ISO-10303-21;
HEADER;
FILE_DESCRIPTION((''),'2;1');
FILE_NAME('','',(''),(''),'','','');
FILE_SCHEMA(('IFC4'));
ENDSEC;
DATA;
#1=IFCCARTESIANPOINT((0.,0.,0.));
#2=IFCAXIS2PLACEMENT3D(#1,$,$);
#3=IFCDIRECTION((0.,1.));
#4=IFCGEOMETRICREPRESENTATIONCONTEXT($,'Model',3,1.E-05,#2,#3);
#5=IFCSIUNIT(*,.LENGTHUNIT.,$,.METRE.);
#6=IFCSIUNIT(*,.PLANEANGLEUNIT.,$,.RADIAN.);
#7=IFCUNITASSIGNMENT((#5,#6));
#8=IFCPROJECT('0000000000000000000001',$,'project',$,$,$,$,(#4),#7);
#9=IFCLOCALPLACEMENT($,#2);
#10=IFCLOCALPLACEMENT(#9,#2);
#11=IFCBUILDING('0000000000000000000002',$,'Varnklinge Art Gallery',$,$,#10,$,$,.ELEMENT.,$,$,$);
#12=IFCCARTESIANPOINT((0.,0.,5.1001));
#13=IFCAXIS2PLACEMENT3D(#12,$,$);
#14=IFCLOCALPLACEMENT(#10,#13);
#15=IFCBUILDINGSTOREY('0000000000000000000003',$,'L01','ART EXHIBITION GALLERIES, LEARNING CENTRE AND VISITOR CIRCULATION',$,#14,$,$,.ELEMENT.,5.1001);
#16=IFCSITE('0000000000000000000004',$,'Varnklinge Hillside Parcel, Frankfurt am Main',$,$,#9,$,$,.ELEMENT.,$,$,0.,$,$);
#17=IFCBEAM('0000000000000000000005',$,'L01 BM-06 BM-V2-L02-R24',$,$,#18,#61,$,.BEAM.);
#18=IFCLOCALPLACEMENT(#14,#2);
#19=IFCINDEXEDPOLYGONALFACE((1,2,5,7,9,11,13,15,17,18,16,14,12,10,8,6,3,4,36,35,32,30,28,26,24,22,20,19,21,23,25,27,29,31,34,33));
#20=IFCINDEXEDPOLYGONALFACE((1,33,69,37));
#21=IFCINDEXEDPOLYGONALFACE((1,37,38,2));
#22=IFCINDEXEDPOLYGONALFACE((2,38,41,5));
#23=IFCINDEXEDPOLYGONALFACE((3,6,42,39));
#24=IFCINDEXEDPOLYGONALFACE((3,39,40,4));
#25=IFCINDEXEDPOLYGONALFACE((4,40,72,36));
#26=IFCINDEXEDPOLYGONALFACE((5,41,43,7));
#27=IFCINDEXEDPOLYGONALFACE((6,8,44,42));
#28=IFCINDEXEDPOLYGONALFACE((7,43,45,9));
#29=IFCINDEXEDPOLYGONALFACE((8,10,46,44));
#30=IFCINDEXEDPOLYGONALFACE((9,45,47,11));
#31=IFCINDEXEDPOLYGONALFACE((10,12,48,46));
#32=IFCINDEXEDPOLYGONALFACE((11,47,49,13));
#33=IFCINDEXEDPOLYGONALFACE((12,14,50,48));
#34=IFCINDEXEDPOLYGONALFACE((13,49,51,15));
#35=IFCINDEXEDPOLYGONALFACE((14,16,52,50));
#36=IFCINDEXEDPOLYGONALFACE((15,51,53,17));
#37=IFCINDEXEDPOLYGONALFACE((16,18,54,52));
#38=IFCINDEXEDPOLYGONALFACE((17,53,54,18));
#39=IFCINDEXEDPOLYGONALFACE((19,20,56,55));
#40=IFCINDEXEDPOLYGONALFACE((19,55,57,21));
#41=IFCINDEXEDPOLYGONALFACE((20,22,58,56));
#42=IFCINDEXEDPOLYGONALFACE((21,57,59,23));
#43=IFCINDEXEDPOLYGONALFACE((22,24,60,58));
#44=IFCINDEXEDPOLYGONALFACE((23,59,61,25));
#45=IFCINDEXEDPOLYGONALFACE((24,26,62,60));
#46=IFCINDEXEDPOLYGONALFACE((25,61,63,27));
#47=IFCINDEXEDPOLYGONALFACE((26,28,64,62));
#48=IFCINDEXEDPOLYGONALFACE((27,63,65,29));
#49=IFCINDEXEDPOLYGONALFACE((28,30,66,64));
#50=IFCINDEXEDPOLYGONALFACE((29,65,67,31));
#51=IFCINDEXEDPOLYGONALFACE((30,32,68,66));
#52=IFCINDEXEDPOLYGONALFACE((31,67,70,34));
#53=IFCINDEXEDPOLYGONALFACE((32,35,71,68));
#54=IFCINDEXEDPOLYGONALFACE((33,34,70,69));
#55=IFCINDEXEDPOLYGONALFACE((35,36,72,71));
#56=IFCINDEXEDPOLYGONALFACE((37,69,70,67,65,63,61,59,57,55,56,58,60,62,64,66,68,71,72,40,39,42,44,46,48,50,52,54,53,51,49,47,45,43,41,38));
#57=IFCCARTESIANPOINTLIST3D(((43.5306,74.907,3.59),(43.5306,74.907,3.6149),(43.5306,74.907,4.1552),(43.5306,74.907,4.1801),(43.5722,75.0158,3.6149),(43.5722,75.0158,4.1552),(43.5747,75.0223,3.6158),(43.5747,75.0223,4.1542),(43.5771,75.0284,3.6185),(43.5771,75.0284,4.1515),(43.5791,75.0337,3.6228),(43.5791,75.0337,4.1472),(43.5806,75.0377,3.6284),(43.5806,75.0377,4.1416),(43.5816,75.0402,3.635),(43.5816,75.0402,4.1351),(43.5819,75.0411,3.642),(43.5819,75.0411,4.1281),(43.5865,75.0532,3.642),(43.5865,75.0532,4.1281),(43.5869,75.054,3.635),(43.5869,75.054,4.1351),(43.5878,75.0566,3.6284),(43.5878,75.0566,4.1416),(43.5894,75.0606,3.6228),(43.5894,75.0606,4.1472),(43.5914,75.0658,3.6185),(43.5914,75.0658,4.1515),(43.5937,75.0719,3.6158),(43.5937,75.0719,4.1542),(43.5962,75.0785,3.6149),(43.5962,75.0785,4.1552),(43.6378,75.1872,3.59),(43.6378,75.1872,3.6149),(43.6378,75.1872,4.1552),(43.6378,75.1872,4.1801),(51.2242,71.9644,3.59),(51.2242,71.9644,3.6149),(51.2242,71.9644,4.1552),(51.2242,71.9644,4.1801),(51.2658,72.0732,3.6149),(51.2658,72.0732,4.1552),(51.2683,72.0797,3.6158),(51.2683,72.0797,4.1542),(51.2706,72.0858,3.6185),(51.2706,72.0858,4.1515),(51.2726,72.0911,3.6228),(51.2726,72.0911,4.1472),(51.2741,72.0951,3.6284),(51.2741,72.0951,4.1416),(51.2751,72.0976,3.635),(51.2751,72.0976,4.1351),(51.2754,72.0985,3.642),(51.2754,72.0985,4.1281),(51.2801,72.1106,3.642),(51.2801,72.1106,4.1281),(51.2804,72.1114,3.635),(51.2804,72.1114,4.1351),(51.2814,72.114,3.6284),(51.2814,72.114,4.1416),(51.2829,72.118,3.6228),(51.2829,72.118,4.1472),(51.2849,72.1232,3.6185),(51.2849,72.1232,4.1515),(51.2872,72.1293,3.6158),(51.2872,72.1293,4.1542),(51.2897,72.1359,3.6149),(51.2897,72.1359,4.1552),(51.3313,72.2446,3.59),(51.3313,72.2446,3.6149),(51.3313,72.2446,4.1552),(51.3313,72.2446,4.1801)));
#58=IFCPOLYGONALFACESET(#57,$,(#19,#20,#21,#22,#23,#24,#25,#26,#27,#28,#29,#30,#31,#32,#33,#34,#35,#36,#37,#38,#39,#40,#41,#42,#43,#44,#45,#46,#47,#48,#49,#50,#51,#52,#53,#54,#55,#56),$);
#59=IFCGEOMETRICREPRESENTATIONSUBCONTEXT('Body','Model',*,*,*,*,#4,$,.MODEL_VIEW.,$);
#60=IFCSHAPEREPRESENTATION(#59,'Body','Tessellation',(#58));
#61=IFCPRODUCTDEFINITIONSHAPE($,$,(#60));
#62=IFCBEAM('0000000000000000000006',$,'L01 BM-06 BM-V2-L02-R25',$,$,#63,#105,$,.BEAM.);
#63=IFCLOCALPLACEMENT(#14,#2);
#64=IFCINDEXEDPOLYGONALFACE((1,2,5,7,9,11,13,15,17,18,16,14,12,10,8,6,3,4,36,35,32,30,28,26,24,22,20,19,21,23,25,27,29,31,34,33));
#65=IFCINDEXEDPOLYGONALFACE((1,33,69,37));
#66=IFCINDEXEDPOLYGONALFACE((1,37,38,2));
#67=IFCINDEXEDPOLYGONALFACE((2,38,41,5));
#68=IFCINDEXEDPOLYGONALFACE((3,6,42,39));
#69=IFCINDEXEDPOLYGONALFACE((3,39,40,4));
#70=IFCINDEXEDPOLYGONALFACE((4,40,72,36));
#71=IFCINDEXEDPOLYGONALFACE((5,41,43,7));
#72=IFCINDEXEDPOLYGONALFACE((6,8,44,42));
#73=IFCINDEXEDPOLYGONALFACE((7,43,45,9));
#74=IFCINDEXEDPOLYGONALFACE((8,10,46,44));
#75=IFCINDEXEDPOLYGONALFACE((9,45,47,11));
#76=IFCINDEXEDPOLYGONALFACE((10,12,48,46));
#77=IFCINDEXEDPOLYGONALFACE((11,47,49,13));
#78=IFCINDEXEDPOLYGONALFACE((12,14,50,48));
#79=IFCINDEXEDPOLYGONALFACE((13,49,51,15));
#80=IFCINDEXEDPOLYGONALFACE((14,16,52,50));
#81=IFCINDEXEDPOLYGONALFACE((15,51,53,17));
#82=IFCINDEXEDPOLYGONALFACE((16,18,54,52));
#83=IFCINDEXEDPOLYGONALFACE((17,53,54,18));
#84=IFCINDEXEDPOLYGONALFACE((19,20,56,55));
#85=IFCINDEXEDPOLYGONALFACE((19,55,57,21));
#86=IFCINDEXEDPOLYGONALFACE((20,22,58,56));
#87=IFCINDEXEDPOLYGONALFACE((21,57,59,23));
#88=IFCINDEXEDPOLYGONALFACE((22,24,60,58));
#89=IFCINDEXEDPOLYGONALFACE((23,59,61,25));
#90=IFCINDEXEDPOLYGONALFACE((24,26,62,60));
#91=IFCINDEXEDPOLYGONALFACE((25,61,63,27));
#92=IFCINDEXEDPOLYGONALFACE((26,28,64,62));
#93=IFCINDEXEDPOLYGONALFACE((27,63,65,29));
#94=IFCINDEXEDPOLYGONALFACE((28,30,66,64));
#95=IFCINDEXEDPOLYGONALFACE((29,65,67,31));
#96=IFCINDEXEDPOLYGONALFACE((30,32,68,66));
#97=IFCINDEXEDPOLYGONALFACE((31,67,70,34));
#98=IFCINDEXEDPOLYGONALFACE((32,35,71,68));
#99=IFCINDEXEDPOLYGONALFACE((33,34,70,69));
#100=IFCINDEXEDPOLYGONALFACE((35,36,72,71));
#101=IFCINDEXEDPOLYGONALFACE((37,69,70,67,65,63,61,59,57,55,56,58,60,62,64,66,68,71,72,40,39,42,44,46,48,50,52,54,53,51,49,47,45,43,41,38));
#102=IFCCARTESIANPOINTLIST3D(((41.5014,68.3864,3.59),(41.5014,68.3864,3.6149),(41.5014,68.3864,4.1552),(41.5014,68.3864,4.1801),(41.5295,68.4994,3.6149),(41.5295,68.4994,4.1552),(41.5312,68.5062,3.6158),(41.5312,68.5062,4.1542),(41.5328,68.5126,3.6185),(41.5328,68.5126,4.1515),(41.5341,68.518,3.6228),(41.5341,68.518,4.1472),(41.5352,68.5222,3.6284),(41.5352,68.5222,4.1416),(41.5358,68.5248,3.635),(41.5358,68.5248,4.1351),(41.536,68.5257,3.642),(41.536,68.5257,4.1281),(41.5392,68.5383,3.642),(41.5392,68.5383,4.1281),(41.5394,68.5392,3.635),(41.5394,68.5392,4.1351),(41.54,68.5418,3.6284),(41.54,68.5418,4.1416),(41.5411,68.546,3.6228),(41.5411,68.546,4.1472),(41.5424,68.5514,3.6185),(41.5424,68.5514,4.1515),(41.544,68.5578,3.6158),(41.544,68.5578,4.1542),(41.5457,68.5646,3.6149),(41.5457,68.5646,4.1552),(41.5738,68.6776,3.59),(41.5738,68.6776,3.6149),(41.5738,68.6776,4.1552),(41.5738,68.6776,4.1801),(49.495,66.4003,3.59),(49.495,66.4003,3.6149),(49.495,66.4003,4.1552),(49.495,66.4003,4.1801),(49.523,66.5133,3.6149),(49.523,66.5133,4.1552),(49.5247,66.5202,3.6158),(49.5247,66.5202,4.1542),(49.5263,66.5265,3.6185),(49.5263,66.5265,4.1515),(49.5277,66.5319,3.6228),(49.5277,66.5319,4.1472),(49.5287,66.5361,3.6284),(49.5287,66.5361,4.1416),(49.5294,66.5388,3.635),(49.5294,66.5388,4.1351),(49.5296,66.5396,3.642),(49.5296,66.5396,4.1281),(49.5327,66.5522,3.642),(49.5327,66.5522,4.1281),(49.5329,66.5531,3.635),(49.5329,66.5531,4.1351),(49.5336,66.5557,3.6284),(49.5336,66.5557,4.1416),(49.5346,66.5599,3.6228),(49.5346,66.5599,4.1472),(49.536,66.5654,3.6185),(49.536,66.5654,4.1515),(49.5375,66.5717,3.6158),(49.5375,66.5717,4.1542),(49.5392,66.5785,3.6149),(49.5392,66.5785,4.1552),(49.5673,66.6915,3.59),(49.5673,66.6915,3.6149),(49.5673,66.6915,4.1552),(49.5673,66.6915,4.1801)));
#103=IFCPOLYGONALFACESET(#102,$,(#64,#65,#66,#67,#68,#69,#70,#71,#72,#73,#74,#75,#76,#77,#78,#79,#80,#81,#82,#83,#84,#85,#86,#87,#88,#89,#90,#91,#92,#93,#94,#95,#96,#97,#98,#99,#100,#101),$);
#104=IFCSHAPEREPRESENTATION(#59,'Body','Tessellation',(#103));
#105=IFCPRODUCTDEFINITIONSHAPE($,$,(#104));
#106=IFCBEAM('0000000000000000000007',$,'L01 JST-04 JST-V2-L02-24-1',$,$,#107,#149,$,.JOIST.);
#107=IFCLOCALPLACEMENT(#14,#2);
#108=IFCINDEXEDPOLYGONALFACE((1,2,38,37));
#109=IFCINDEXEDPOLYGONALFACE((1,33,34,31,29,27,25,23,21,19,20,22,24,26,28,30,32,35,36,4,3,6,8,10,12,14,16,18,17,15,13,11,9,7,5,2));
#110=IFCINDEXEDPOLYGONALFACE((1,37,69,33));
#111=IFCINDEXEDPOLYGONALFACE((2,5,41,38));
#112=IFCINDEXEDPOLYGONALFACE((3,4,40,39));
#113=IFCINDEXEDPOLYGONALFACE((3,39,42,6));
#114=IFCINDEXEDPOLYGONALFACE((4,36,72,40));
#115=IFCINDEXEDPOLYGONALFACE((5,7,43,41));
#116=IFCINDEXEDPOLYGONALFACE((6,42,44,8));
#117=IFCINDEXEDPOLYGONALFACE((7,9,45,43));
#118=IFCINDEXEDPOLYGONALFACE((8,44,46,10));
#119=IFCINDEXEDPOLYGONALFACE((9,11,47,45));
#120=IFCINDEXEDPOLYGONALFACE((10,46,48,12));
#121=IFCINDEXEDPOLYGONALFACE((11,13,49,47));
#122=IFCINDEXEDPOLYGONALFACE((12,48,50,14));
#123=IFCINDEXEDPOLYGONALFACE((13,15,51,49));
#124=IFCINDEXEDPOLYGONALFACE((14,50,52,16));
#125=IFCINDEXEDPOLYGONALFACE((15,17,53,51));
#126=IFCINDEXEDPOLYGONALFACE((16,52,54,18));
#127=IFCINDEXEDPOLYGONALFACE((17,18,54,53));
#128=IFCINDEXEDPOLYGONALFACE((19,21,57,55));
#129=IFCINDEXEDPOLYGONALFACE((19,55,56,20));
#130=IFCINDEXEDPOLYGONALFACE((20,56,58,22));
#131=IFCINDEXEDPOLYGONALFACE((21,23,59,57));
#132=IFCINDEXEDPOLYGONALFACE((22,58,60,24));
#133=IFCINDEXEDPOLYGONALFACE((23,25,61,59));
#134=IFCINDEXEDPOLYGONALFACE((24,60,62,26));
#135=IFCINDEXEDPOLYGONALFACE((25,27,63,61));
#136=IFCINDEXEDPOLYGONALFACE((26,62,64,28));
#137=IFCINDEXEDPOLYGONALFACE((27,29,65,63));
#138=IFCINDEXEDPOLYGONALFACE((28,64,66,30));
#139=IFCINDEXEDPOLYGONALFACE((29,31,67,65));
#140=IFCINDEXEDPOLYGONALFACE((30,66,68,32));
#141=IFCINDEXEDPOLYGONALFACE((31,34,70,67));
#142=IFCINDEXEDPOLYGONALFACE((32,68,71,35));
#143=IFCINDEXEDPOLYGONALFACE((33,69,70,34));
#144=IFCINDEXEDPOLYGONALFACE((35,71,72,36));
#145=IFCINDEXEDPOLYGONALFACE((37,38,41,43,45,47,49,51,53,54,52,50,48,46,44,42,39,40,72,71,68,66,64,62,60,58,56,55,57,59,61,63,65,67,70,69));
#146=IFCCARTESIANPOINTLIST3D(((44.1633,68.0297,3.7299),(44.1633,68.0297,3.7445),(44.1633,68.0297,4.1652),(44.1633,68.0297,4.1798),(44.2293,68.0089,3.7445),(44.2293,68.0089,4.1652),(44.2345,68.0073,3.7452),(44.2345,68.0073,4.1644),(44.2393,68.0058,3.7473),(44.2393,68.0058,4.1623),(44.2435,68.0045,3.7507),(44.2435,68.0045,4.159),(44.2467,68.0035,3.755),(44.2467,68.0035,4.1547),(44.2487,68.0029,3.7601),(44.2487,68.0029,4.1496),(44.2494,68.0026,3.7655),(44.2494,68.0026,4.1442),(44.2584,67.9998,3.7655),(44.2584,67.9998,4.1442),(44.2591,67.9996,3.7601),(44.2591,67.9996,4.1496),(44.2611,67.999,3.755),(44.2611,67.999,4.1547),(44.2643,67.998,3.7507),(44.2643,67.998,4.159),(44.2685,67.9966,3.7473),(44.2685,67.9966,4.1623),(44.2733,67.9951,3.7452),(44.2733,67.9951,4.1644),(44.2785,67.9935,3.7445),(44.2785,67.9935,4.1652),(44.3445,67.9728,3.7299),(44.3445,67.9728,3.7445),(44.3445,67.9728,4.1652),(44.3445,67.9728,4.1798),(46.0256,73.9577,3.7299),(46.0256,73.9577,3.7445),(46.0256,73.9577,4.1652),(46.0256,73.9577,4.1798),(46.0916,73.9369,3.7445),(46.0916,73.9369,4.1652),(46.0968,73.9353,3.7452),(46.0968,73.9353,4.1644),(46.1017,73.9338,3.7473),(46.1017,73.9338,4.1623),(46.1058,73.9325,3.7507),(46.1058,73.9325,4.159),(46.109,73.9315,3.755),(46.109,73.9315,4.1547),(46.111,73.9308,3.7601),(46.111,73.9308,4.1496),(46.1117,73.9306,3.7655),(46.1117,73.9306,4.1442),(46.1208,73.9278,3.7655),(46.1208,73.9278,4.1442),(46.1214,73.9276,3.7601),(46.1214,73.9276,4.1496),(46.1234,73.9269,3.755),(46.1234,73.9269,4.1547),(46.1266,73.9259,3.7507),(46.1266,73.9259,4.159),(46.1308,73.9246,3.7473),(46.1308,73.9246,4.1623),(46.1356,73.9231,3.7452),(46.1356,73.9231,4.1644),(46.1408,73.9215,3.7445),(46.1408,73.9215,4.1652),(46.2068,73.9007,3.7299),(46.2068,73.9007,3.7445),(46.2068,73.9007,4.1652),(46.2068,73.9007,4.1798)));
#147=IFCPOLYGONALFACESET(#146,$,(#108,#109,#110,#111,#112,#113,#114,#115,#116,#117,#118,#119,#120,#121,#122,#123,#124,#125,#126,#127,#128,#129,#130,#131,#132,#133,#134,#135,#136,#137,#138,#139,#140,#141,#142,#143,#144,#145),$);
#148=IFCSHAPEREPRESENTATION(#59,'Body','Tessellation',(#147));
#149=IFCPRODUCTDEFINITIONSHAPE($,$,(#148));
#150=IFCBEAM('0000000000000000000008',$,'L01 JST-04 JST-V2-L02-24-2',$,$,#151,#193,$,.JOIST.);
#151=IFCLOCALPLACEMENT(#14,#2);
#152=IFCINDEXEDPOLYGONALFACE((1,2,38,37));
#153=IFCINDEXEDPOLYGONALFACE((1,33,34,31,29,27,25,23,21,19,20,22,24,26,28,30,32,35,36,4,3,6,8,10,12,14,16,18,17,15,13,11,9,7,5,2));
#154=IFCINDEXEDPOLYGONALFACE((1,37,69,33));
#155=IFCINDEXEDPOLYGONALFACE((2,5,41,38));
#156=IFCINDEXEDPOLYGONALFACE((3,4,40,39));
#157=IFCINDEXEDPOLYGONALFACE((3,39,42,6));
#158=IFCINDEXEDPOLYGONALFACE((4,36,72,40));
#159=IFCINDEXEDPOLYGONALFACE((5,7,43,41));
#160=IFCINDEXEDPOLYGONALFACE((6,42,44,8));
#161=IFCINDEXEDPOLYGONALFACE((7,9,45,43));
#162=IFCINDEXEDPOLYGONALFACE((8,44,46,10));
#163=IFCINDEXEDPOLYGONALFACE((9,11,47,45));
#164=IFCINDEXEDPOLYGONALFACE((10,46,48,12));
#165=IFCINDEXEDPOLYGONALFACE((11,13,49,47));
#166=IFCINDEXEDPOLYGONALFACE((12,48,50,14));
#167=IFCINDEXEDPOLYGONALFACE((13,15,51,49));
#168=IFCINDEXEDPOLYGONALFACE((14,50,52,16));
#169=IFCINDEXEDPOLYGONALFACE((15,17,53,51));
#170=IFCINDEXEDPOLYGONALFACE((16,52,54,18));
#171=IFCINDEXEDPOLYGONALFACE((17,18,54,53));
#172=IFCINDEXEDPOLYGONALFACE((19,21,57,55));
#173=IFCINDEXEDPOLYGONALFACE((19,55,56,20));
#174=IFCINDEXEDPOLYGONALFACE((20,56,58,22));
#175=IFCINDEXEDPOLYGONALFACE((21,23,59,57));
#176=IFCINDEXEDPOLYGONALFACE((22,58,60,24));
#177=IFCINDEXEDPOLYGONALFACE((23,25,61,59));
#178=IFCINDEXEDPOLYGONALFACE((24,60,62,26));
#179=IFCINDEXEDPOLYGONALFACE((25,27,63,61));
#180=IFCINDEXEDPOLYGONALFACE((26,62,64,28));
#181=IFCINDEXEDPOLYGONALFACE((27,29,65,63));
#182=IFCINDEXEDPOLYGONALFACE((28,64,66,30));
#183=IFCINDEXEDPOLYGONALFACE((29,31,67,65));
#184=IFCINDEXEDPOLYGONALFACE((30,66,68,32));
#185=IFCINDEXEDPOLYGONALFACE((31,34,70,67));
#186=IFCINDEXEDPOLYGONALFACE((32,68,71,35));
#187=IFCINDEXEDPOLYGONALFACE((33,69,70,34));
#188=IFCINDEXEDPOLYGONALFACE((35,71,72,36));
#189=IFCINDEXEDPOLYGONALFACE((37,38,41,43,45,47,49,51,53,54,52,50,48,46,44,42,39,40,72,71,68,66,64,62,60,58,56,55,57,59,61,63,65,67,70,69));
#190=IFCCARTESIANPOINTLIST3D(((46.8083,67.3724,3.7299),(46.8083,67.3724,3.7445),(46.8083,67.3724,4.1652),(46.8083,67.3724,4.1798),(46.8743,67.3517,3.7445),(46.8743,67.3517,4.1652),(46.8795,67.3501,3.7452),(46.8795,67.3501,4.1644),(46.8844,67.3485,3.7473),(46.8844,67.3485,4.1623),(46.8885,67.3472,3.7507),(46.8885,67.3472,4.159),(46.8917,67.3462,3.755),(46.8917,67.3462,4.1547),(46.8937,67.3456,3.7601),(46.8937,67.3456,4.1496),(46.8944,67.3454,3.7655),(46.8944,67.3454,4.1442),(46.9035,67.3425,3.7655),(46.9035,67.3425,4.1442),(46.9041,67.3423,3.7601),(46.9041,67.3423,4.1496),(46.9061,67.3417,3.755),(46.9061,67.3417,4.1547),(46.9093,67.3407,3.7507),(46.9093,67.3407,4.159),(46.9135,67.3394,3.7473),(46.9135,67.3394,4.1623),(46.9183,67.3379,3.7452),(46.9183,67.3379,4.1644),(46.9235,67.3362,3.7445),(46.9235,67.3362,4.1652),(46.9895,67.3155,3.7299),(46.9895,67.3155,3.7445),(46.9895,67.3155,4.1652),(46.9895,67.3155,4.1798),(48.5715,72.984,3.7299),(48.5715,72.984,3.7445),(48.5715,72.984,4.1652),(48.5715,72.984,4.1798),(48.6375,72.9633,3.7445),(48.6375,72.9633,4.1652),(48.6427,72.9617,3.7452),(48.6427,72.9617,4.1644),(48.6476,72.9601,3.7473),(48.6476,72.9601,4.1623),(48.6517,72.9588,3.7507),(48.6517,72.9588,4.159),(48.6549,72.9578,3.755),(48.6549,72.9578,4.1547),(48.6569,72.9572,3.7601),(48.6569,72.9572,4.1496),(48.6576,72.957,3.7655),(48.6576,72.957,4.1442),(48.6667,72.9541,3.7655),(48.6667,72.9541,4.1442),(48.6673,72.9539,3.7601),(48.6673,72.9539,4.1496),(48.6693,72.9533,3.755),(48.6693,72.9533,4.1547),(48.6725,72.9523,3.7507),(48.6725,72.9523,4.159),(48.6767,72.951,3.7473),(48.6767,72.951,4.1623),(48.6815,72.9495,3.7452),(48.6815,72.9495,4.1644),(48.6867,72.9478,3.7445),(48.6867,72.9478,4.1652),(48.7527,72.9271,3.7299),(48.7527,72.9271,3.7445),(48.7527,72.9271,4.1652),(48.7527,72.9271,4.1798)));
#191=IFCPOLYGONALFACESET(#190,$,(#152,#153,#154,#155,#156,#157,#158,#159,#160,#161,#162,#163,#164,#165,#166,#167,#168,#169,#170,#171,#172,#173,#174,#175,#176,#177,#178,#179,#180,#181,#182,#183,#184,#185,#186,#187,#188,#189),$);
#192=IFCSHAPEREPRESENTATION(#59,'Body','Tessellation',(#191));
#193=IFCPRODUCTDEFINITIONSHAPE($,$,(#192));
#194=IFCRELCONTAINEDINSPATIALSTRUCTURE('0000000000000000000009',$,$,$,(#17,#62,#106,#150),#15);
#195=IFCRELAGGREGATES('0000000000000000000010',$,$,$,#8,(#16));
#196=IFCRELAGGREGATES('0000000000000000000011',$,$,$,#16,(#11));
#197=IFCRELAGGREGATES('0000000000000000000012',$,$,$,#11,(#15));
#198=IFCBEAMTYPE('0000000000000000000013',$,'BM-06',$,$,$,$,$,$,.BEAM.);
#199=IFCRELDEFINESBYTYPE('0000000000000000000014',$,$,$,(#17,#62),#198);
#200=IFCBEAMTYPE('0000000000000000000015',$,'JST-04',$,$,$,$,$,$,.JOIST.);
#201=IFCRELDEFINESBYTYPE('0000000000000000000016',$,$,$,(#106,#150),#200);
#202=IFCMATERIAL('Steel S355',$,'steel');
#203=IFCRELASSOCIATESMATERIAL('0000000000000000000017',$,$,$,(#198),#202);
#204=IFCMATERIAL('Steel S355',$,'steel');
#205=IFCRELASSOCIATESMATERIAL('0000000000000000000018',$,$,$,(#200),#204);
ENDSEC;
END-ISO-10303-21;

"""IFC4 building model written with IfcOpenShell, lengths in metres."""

from ifc_helpers import new_model, si_unit, direction, frame, origin, origin_2d, place, context, subcontext, project, spatial, i_section, extrude, material, material_profile, profile_set, type_object, element, save


model = new_model("IFC4")

# Units and contexts
model_context = context("Model", 3, precision=1e-05, world=origin(), true_north=direction((0.0, 1.0)))
body_context = subcontext(model_context, "Body", "Model", "MODEL_VIEW")
ifc_project = project(units=[si_unit("LENGTHUNIT", "METRE"), si_unit("PLANEANGLEUNIT", "RADIAN")], contexts=[model_context])

# Site, building, storey
site_placement = place(None, origin())
site = spatial("IfcSite", under=ifc_project, at=site_placement, Name="Varnklinge Hillside Parcel, Frankfurt am Main", CompositionType="ELEMENT", RefElevation=0.0)
building_placement = place(site_placement, origin())
building = spatial("IfcBuilding", under=site, at=building_placement, Name="Varnklinge Art Gallery", CompositionType="ELEMENT")
storey_placement = place(building_placement, frame((0.0, 0.0, 5.1001)))
storey = spatial("IfcBuildingStorey", under=building, at=storey_placement, Name="L01", Description="ART EXHIBITION GALLERIES, LEARNING CENTRE AND VISITOR CIRCULATION", CompositionType="ELEMENT", Elevation=5.1001)

# Beams
ifc_material_1 = material(Name="Steel S355", Category="steel")
ifc_material_profile_1 = material_profile(ifc_material_1, i_section(OverallWidth=0.3, OverallDepth=0.5901, WebThickness=0.0129, FlangeThickness=0.0249, FilletRadius=0.0271, at=origin_2d()), Name="HEA 600")
ifc_profile_set_1 = profile_set([ifc_material_profile_1], Name="Steel S355")
beam_type_1 = type_object("IfcBeamType", Name="BM-06", PredefinedType="BEAM", material=ifc_profile_set_1)
beam_1_placement = place(storey_placement, frame((43.5842, 75.0471, 3.885), z_axis=(0.934013, -0.357239, 0.0), x_axis=(0.357239, 0.934013, 0.0)))
element("IfcBeam", 1, at=beam_1_placement, inside=storey, type_object=beam_type_1, Name="L01 BM-06 BM-V2-L02-R24", PredefinedType="BEAM", context=body_context, shape_type="SweptSolid", body=[
    extrude(i_section(OverallWidth=0.3, OverallDepth=0.5901, WebThickness=0.0129, FlangeThickness=0.0249, FilletRadius=0.0271, at=origin_2d()), origin(), (0.0, 0.0, 1.0), 8.2371),
])
beam_2_placement = place(storey_placement, frame((41.5376, 68.532, 3.885), z_axis=(0.970494, -0.241127, 0.0), x_axis=(0.241127, 0.970494, 0.0)))
element("IfcBeam", 2, at=beam_2_placement, inside=storey, type_object=beam_type_1, Name="L01 BM-06 BM-V2-L02-R25", PredefinedType="BEAM", context=body_context, shape_type="SweptSolid", body=[
    extrude(i_section(OverallWidth=0.3, OverallDepth=0.5901, WebThickness=0.0129, FlangeThickness=0.0249, FilletRadius=0.0271, at=origin_2d()), origin(), (0.0, 0.0, 1.0), 8.2366),
])
ifc_material_2 = material(Name="Steel S355", Category="steel")
ifc_material_profile_2 = material_profile(ifc_material_2, i_section(OverallWidth=0.1899, OverallDepth=0.45, WebThickness=0.0095, FlangeThickness=0.0146, FilletRadius=0.021, at=origin_2d()), Name="IPE 450")
ifc_profile_set_2 = profile_set([ifc_material_profile_2], Name="Steel S355")
beam_type_2 = type_object("IfcBeamType", Name="JST-04", PredefinedType="JOIST", material=ifc_profile_set_2)
beam_3_placement = place(storey_placement, frame((46.1162, 73.9292, 3.9548), z_axis=(-0.299713, -0.954029, 0.0), x_axis=(0.954029, -0.299713, 0.0)))
element("IfcBeam", 3, at=beam_3_placement, inside=storey, type_object=beam_type_2, Name="L01 JST-04 JST-V2-L02-24-1", PredefinedType="JOIST", context=body_context, shape_type="SweptSolid", body=[
    extrude(i_section(OverallWidth=0.1899, OverallDepth=0.45, WebThickness=0.0095, FlangeThickness=0.0146, FilletRadius=0.021, at=origin_2d()), origin(), (0.0, 0.0, 1.0), 6.2136),
])
beam_4_placement = place(storey_placement, frame((48.6621, 72.9556, 3.9548), z_axis=(-0.299756, -0.954016, 0.0), x_axis=(0.954016, -0.299756, 0.0)))
element("IfcBeam", 4, at=beam_4_placement, inside=storey, type_object=beam_type_2, Name="L01 JST-04 JST-V2-L02-24-2", PredefinedType="JOIST", context=body_context, shape_type="SweptSolid", body=[
    extrude(i_section(OverallWidth=0.1899, OverallDepth=0.45, WebThickness=0.0095, FlangeThickness=0.0146, FilletRadius=0.021, at=origin_2d()), origin(), (0.0, 0.0, 1.0), 5.8821),
])

save(model, "model.ifc")
